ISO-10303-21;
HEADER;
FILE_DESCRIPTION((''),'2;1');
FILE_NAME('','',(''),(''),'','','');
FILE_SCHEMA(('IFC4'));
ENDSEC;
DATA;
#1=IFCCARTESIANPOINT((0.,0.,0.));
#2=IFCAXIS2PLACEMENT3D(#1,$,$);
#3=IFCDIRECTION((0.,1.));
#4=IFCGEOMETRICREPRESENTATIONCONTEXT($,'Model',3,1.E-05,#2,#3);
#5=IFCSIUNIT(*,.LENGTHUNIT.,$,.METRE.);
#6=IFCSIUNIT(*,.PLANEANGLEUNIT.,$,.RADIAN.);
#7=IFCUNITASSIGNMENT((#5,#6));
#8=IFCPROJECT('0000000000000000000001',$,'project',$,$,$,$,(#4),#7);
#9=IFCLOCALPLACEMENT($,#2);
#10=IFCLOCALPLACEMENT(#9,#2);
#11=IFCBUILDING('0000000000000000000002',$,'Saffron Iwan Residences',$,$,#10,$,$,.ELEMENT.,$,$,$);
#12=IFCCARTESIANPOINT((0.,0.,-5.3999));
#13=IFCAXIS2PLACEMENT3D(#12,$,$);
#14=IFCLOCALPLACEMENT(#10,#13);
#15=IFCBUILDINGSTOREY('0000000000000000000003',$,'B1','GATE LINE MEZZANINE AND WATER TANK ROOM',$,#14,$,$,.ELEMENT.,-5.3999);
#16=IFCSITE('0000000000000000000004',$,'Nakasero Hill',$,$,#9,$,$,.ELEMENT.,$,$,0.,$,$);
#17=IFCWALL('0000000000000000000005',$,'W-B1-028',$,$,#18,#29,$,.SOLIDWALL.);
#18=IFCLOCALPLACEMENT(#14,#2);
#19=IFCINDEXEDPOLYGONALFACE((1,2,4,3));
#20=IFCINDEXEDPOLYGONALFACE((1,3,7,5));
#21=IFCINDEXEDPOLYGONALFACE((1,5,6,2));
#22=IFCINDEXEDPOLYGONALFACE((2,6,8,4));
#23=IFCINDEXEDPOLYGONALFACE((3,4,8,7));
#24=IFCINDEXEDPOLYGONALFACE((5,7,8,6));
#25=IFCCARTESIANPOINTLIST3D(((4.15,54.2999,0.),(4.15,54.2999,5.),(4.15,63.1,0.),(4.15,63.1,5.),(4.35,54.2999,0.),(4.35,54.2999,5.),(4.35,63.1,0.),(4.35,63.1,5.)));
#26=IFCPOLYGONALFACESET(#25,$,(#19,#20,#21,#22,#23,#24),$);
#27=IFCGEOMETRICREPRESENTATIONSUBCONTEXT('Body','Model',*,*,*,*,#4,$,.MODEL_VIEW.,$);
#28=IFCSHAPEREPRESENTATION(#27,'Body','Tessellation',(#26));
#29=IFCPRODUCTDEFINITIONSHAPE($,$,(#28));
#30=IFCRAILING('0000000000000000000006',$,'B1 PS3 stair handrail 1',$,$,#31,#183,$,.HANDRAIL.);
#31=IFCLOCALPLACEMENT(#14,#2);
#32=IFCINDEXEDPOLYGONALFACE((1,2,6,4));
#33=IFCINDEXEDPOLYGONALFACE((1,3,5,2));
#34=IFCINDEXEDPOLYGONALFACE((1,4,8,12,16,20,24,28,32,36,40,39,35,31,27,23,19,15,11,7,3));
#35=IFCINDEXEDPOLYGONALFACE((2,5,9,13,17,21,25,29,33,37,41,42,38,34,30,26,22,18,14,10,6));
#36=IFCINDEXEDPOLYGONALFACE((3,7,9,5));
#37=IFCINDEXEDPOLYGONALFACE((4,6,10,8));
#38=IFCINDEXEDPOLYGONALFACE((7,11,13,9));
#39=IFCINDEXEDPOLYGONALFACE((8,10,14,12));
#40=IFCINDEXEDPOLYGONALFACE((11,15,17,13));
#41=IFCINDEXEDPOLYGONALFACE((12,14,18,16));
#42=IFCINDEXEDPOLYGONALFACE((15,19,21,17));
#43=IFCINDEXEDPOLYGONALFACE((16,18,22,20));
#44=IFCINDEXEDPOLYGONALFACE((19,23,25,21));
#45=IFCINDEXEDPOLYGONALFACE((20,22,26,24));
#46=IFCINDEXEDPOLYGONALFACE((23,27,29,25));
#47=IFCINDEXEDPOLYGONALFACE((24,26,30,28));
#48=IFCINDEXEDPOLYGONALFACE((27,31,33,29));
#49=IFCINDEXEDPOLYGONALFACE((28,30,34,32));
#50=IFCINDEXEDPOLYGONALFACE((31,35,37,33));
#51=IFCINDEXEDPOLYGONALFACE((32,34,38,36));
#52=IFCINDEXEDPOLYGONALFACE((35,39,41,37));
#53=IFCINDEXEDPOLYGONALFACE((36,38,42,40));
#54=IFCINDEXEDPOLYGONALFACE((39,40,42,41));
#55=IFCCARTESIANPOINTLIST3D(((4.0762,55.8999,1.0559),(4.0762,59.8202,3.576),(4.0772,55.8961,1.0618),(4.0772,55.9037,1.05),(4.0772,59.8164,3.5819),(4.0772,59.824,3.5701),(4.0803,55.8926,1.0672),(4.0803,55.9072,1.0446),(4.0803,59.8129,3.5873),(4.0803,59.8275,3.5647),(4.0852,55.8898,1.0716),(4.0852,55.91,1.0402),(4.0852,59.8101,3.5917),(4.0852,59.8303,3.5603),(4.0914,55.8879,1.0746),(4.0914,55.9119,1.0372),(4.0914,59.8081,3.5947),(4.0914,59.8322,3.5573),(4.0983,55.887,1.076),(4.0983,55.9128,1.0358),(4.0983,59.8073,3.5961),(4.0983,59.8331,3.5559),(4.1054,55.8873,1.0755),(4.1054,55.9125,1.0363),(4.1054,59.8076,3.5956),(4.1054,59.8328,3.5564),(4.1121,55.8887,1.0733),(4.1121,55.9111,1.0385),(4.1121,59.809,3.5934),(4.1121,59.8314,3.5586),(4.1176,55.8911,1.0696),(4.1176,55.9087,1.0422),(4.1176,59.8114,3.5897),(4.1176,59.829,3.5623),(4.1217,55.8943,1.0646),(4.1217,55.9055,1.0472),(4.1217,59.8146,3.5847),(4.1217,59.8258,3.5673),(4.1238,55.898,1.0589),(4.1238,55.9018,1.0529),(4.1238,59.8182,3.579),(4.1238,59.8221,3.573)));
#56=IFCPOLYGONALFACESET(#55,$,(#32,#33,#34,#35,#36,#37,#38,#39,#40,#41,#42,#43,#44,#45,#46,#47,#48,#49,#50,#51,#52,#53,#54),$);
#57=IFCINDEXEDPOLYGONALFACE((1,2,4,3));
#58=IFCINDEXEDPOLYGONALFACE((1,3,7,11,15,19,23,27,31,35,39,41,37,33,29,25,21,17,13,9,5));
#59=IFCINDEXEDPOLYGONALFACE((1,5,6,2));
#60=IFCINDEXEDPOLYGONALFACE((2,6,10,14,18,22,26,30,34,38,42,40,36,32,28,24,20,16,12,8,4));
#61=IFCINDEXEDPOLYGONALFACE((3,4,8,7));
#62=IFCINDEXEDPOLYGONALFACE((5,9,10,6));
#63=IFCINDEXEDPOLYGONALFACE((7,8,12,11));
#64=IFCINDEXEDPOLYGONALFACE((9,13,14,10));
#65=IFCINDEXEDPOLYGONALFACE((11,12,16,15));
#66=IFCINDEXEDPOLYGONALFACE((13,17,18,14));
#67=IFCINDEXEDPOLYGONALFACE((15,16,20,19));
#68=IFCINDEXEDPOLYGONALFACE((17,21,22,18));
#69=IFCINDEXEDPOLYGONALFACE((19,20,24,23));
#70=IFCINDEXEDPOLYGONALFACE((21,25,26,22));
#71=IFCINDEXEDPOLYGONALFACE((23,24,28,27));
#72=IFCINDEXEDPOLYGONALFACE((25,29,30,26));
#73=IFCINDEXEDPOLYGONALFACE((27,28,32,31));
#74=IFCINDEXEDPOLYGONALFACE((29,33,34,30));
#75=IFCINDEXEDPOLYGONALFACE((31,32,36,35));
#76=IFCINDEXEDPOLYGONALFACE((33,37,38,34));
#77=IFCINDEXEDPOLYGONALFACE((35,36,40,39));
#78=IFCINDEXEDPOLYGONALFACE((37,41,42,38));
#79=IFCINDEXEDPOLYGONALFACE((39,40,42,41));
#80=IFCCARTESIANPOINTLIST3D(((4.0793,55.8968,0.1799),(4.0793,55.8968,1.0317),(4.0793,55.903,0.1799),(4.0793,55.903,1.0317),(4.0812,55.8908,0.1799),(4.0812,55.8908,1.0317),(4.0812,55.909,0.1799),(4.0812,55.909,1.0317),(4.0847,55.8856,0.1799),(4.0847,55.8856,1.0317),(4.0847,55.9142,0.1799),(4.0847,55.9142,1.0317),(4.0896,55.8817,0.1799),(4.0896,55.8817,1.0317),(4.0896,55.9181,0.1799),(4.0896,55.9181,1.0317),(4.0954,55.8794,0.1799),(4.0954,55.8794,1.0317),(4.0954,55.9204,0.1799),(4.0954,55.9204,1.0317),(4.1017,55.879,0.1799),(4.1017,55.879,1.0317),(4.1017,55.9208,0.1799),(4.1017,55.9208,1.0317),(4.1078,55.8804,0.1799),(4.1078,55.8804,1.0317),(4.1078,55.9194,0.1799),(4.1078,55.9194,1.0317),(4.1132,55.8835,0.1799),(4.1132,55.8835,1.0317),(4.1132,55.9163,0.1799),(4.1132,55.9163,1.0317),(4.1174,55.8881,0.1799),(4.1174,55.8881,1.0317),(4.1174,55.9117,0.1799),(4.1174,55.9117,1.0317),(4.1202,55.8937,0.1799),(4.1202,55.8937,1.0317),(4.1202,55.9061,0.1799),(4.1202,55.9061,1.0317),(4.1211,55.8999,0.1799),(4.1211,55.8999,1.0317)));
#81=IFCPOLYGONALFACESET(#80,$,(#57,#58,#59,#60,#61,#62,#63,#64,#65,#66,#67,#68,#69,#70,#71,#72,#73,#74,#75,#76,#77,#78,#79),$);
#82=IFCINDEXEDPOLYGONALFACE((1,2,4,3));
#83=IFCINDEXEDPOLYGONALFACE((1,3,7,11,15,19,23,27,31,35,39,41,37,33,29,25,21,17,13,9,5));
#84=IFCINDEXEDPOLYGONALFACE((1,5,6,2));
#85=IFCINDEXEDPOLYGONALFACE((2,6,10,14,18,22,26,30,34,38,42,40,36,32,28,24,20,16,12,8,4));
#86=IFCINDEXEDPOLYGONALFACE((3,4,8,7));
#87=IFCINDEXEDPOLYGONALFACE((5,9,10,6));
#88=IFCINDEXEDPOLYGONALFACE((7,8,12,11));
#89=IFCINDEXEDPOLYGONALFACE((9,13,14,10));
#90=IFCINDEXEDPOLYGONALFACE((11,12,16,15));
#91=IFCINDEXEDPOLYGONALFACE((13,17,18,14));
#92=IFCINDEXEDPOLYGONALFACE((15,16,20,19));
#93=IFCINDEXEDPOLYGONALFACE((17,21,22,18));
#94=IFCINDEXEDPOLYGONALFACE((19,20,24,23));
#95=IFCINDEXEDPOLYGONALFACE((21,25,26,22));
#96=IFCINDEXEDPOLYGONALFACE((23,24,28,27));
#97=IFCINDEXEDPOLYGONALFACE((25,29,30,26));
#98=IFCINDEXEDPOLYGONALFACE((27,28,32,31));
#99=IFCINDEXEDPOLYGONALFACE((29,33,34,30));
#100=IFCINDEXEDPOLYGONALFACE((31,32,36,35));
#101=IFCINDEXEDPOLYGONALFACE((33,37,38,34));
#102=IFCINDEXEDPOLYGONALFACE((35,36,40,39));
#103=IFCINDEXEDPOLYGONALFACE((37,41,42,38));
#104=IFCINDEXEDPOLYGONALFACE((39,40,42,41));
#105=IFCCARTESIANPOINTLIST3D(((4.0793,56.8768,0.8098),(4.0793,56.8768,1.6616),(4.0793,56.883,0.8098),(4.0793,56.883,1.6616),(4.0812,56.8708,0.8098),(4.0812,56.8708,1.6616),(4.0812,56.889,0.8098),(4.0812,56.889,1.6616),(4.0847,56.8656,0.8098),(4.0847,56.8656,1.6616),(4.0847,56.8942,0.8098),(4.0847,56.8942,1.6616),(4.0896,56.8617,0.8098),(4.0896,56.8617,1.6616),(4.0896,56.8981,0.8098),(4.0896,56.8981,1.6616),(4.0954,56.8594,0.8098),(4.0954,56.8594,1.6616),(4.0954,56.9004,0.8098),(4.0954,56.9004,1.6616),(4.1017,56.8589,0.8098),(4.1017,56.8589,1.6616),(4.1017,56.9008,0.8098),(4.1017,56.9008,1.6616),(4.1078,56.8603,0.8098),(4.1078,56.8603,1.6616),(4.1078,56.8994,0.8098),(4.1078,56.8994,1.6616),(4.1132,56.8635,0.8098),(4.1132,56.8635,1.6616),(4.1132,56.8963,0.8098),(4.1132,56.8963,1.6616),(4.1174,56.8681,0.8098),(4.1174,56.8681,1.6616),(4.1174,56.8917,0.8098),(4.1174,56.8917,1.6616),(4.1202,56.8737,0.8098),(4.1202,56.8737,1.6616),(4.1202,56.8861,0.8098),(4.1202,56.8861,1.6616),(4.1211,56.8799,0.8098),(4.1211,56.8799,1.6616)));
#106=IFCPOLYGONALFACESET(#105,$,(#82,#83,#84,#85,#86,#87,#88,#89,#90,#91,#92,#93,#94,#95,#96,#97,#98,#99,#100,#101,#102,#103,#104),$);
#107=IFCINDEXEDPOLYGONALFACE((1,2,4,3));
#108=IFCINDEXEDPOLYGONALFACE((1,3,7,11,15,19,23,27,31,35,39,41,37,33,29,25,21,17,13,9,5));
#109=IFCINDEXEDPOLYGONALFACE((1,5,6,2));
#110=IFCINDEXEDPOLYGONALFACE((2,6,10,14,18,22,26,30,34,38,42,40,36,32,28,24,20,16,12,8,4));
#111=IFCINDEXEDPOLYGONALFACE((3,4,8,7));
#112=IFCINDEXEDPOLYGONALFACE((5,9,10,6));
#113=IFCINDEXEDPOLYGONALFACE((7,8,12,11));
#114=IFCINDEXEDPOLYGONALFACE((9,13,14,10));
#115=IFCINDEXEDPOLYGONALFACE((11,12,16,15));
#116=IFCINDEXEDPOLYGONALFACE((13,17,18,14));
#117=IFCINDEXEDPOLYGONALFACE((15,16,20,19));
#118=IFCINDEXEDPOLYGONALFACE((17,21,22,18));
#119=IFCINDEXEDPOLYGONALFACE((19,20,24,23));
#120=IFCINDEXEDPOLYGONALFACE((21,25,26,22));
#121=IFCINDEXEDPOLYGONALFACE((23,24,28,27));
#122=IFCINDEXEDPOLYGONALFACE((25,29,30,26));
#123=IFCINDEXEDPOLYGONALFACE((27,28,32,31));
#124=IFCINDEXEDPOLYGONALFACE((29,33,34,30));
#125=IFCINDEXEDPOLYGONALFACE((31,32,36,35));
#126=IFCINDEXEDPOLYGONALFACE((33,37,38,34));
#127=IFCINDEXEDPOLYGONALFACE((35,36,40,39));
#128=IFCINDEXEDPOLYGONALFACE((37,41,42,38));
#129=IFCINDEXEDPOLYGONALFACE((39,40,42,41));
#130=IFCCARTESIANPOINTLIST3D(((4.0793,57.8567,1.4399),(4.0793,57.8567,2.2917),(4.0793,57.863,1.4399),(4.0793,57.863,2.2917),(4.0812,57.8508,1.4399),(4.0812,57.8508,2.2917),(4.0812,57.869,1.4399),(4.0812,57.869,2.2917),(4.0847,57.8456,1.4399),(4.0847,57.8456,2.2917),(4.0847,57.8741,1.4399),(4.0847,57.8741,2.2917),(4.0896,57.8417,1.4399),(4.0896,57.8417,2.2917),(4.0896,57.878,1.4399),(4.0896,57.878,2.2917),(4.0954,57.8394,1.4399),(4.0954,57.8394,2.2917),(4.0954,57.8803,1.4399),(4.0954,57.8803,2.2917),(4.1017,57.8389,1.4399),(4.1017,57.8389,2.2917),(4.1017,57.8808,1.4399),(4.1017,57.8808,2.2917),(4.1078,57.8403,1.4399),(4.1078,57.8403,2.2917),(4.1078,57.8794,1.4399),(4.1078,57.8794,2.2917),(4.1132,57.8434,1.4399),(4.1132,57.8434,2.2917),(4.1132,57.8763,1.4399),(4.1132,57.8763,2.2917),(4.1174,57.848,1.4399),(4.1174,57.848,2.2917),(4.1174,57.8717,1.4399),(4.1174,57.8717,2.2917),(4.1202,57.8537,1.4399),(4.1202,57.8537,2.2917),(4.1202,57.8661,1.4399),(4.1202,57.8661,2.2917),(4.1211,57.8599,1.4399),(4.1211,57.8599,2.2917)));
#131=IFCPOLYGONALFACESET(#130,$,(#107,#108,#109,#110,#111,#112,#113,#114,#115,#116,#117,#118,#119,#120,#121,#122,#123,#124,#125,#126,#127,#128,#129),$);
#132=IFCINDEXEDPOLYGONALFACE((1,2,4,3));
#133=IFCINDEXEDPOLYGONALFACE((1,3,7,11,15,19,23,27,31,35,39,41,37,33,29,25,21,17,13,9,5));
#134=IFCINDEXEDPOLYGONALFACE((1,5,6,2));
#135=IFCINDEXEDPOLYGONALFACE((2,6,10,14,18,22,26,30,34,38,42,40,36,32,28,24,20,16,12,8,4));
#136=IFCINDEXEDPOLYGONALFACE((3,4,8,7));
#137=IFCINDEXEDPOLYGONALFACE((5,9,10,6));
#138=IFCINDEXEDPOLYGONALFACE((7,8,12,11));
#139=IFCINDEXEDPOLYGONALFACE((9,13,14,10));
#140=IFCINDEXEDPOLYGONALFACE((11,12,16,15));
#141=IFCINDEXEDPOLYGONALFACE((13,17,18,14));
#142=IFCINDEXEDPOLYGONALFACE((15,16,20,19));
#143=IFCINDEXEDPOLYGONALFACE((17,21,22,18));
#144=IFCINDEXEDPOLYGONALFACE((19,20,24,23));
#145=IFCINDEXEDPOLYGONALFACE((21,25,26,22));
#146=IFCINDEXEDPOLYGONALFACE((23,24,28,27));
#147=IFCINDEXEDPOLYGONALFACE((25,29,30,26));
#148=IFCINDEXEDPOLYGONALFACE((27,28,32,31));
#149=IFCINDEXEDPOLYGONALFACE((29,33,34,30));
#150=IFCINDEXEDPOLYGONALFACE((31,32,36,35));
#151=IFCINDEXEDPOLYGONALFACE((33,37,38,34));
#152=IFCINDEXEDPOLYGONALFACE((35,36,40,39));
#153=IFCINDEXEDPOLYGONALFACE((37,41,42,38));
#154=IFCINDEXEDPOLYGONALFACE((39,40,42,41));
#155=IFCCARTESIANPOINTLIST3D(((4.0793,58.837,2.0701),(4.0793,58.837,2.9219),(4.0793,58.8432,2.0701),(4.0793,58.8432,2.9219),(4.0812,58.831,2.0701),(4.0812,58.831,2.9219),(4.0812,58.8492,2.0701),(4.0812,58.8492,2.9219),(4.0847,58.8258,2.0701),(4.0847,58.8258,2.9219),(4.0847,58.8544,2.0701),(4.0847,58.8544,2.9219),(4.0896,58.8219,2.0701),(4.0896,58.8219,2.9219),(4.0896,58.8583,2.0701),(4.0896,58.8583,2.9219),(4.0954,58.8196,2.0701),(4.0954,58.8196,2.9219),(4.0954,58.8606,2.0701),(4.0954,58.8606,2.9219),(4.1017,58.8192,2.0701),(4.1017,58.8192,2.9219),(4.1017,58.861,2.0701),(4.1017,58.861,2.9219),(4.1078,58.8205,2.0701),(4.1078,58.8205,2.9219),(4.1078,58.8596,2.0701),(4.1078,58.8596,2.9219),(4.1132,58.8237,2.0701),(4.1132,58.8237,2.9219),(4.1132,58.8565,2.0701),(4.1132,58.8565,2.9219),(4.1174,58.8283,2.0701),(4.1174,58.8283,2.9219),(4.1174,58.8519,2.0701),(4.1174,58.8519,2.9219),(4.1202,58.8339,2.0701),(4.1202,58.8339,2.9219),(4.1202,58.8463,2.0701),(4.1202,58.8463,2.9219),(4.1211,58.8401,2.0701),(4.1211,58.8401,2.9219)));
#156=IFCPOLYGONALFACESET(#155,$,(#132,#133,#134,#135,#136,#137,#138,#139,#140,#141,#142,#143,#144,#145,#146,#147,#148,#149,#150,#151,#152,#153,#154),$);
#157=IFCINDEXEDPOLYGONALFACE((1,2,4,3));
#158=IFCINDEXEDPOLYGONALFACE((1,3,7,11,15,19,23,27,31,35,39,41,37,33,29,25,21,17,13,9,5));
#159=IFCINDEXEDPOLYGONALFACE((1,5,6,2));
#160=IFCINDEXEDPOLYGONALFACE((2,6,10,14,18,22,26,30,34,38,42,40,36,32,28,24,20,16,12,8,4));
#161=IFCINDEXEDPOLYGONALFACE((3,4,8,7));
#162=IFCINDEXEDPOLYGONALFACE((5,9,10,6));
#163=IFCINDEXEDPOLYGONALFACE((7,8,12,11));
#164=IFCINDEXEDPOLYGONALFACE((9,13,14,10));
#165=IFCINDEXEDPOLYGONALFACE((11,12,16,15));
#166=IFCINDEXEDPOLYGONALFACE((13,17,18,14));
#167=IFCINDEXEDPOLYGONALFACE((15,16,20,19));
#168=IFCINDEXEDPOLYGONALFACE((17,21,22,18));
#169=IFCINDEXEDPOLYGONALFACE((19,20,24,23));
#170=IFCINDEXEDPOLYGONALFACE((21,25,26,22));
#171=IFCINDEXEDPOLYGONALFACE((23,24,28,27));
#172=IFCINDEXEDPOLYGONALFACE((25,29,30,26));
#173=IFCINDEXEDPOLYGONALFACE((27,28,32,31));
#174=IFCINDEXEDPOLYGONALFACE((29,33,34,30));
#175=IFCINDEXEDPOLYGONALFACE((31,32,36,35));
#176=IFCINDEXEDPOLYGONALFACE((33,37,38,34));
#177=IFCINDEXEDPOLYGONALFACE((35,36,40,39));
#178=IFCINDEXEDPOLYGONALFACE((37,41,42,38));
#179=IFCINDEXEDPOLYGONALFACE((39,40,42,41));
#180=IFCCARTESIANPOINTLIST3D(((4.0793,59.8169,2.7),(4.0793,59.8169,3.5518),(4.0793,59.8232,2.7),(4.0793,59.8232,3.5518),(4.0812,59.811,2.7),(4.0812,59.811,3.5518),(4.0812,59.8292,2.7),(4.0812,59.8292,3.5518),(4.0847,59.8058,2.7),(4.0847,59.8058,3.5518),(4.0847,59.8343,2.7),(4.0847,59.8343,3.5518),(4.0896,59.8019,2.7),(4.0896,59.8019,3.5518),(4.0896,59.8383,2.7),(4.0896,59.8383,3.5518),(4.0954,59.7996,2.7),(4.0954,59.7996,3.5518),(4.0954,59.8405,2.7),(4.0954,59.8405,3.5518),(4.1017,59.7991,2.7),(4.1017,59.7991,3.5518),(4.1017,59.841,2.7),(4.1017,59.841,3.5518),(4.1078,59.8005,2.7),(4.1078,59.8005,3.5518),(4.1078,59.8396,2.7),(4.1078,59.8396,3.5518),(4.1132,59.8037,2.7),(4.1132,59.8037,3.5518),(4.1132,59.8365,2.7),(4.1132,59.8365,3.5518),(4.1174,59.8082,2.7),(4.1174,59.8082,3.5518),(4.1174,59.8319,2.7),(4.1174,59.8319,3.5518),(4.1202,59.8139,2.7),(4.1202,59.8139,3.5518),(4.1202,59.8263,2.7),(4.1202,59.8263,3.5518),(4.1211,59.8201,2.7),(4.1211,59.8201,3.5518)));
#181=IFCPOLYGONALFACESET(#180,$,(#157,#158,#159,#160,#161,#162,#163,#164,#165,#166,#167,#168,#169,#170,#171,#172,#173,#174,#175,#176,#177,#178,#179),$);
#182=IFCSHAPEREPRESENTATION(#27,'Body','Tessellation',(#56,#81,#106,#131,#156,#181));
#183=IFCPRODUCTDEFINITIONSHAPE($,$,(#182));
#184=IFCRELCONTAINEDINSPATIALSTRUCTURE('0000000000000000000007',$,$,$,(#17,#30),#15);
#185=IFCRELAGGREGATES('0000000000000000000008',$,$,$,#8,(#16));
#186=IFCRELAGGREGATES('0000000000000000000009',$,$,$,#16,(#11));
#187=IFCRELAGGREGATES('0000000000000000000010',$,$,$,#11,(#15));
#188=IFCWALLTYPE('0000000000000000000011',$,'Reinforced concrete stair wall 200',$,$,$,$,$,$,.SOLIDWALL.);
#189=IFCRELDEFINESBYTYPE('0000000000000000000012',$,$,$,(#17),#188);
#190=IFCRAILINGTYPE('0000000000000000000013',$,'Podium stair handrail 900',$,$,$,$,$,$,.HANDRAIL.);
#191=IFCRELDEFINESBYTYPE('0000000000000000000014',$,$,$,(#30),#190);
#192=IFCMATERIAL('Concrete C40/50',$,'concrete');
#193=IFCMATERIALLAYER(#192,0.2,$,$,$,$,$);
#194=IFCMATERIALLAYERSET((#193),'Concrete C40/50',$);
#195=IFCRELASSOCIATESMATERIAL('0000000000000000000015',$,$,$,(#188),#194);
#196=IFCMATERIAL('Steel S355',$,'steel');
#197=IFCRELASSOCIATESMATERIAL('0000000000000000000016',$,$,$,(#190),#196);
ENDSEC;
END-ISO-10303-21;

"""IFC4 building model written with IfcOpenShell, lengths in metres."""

from ifc_helpers import new_model, si_unit, direction, frame, frame_2d, origin, origin_2d, place, context, subcontext, project, spatial, rectangle, circle, extrude, material, layer, layer_set, type_object, element, save


model = new_model("IFC4")

# Units and contexts
model_context = context("Model", 3, precision=1e-05, world=origin(), true_north=direction((0.0, 1.0)))
body_context = subcontext(model_context, "Body", "Model", "MODEL_VIEW")
ifc_project = project(units=[si_unit("LENGTHUNIT", "METRE"), si_unit("PLANEANGLEUNIT", "RADIAN")], contexts=[model_context])

# Site, building, storey
site_placement = place(None, origin())
site = spatial("IfcSite", under=ifc_project, at=site_placement, Name="Nakasero Hill", CompositionType="ELEMENT", RefElevation=0.0)
building_placement = place(site_placement, origin())
building = spatial("IfcBuilding", under=site, at=building_placement, Name="Saffron Iwan Residences", CompositionType="ELEMENT")
storey_placement = place(building_placement, frame((0.0, 0.0, -5.3999)))
storey = spatial("IfcBuildingStorey", under=building, at=storey_placement, Name="B1", Description="GATE LINE MEZZANINE AND WATER TANK ROOM", CompositionType="ELEMENT", Elevation=-5.3999)

# Shared definitions
ifc_material_1 = material(Name="Concrete C40/50", Category="concrete")

# Wall
ifc_layer_1 = layer(ifc_material_1, 0.2)
ifc_layer_set_1 = layer_set([ifc_layer_1], Name="Concrete C40/50")
wall_type_1 = type_object("IfcWallType", Name="Reinforced concrete stair wall 200", PredefinedType="SOLIDWALL", material=ifc_layer_set_1)
wall_1_placement = place(storey_placement, frame((4.25, 54.3, 0.0), z_axis=(0.0, 0.0, 1.0), x_axis=(0.0, 1.0, 0.0)))
element("IfcWall", 1, at=wall_1_placement, inside=storey, type_object=wall_type_1, Name="W-B1-028", PredefinedType="SOLIDWALL", context=body_context, shape_type="SweptSolid", body=[
    extrude(rectangle(XDim=8.8, YDim=0.2, at=frame_2d((4.3999, 0.0))), origin(), (0.0, 0.0, 1.0), 5.0),
])

# Railing
ifc_material_2 = material(Name="Steel S355", Category="steel")
railing_type = type_object("IfcRailingType", Name="Podium stair handrail 900", PredefinedType="HANDRAIL", material=ifc_material_2)
railing_placement = place(storey_placement, frame((4.1001, 55.8999, 0.1799)))
element("IfcRailing", 2, at=railing_placement, inside=storey, type_object=railing_type, Name="B1 PS3 stair handrail 1", PredefinedType="HANDRAIL", context=body_context, shape_type="SweptSolid", body=[
    extrude(circle(Radius=0.0239, at=origin_2d()), frame((0.0, 0.0, 0.876), z_axis=(0.0, 0.841187, 0.540744), x_axis=(-1.0, 0.0, 0.0)), (0.0, 0.0, 1.0), 4.6604),
    extrude(circle(Radius=0.021, at=origin_2d()), origin(), (0.0, 0.0, 1.0), 0.8518),
    extrude(circle(Radius=0.021, at=origin_2d()), frame((0.0, 0.98, 0.6299)), (0.0, 0.0, 1.0), 0.8518),
    extrude(circle(Radius=0.021, at=origin_2d()), frame((0.0, 1.96, 1.26)), (0.0, 0.0, 1.0), 0.8518),
    extrude(circle(Radius=0.021, at=origin_2d()), frame((0.0, 2.9402, 1.8901)), (0.0, 0.0, 1.0), 0.8518),
    extrude(circle(Radius=0.021, at=origin_2d()), frame((0.0, 3.9202, 2.52)), (0.0, 0.0, 1.0), 0.8518),
])

save(model, "model.ifc")
